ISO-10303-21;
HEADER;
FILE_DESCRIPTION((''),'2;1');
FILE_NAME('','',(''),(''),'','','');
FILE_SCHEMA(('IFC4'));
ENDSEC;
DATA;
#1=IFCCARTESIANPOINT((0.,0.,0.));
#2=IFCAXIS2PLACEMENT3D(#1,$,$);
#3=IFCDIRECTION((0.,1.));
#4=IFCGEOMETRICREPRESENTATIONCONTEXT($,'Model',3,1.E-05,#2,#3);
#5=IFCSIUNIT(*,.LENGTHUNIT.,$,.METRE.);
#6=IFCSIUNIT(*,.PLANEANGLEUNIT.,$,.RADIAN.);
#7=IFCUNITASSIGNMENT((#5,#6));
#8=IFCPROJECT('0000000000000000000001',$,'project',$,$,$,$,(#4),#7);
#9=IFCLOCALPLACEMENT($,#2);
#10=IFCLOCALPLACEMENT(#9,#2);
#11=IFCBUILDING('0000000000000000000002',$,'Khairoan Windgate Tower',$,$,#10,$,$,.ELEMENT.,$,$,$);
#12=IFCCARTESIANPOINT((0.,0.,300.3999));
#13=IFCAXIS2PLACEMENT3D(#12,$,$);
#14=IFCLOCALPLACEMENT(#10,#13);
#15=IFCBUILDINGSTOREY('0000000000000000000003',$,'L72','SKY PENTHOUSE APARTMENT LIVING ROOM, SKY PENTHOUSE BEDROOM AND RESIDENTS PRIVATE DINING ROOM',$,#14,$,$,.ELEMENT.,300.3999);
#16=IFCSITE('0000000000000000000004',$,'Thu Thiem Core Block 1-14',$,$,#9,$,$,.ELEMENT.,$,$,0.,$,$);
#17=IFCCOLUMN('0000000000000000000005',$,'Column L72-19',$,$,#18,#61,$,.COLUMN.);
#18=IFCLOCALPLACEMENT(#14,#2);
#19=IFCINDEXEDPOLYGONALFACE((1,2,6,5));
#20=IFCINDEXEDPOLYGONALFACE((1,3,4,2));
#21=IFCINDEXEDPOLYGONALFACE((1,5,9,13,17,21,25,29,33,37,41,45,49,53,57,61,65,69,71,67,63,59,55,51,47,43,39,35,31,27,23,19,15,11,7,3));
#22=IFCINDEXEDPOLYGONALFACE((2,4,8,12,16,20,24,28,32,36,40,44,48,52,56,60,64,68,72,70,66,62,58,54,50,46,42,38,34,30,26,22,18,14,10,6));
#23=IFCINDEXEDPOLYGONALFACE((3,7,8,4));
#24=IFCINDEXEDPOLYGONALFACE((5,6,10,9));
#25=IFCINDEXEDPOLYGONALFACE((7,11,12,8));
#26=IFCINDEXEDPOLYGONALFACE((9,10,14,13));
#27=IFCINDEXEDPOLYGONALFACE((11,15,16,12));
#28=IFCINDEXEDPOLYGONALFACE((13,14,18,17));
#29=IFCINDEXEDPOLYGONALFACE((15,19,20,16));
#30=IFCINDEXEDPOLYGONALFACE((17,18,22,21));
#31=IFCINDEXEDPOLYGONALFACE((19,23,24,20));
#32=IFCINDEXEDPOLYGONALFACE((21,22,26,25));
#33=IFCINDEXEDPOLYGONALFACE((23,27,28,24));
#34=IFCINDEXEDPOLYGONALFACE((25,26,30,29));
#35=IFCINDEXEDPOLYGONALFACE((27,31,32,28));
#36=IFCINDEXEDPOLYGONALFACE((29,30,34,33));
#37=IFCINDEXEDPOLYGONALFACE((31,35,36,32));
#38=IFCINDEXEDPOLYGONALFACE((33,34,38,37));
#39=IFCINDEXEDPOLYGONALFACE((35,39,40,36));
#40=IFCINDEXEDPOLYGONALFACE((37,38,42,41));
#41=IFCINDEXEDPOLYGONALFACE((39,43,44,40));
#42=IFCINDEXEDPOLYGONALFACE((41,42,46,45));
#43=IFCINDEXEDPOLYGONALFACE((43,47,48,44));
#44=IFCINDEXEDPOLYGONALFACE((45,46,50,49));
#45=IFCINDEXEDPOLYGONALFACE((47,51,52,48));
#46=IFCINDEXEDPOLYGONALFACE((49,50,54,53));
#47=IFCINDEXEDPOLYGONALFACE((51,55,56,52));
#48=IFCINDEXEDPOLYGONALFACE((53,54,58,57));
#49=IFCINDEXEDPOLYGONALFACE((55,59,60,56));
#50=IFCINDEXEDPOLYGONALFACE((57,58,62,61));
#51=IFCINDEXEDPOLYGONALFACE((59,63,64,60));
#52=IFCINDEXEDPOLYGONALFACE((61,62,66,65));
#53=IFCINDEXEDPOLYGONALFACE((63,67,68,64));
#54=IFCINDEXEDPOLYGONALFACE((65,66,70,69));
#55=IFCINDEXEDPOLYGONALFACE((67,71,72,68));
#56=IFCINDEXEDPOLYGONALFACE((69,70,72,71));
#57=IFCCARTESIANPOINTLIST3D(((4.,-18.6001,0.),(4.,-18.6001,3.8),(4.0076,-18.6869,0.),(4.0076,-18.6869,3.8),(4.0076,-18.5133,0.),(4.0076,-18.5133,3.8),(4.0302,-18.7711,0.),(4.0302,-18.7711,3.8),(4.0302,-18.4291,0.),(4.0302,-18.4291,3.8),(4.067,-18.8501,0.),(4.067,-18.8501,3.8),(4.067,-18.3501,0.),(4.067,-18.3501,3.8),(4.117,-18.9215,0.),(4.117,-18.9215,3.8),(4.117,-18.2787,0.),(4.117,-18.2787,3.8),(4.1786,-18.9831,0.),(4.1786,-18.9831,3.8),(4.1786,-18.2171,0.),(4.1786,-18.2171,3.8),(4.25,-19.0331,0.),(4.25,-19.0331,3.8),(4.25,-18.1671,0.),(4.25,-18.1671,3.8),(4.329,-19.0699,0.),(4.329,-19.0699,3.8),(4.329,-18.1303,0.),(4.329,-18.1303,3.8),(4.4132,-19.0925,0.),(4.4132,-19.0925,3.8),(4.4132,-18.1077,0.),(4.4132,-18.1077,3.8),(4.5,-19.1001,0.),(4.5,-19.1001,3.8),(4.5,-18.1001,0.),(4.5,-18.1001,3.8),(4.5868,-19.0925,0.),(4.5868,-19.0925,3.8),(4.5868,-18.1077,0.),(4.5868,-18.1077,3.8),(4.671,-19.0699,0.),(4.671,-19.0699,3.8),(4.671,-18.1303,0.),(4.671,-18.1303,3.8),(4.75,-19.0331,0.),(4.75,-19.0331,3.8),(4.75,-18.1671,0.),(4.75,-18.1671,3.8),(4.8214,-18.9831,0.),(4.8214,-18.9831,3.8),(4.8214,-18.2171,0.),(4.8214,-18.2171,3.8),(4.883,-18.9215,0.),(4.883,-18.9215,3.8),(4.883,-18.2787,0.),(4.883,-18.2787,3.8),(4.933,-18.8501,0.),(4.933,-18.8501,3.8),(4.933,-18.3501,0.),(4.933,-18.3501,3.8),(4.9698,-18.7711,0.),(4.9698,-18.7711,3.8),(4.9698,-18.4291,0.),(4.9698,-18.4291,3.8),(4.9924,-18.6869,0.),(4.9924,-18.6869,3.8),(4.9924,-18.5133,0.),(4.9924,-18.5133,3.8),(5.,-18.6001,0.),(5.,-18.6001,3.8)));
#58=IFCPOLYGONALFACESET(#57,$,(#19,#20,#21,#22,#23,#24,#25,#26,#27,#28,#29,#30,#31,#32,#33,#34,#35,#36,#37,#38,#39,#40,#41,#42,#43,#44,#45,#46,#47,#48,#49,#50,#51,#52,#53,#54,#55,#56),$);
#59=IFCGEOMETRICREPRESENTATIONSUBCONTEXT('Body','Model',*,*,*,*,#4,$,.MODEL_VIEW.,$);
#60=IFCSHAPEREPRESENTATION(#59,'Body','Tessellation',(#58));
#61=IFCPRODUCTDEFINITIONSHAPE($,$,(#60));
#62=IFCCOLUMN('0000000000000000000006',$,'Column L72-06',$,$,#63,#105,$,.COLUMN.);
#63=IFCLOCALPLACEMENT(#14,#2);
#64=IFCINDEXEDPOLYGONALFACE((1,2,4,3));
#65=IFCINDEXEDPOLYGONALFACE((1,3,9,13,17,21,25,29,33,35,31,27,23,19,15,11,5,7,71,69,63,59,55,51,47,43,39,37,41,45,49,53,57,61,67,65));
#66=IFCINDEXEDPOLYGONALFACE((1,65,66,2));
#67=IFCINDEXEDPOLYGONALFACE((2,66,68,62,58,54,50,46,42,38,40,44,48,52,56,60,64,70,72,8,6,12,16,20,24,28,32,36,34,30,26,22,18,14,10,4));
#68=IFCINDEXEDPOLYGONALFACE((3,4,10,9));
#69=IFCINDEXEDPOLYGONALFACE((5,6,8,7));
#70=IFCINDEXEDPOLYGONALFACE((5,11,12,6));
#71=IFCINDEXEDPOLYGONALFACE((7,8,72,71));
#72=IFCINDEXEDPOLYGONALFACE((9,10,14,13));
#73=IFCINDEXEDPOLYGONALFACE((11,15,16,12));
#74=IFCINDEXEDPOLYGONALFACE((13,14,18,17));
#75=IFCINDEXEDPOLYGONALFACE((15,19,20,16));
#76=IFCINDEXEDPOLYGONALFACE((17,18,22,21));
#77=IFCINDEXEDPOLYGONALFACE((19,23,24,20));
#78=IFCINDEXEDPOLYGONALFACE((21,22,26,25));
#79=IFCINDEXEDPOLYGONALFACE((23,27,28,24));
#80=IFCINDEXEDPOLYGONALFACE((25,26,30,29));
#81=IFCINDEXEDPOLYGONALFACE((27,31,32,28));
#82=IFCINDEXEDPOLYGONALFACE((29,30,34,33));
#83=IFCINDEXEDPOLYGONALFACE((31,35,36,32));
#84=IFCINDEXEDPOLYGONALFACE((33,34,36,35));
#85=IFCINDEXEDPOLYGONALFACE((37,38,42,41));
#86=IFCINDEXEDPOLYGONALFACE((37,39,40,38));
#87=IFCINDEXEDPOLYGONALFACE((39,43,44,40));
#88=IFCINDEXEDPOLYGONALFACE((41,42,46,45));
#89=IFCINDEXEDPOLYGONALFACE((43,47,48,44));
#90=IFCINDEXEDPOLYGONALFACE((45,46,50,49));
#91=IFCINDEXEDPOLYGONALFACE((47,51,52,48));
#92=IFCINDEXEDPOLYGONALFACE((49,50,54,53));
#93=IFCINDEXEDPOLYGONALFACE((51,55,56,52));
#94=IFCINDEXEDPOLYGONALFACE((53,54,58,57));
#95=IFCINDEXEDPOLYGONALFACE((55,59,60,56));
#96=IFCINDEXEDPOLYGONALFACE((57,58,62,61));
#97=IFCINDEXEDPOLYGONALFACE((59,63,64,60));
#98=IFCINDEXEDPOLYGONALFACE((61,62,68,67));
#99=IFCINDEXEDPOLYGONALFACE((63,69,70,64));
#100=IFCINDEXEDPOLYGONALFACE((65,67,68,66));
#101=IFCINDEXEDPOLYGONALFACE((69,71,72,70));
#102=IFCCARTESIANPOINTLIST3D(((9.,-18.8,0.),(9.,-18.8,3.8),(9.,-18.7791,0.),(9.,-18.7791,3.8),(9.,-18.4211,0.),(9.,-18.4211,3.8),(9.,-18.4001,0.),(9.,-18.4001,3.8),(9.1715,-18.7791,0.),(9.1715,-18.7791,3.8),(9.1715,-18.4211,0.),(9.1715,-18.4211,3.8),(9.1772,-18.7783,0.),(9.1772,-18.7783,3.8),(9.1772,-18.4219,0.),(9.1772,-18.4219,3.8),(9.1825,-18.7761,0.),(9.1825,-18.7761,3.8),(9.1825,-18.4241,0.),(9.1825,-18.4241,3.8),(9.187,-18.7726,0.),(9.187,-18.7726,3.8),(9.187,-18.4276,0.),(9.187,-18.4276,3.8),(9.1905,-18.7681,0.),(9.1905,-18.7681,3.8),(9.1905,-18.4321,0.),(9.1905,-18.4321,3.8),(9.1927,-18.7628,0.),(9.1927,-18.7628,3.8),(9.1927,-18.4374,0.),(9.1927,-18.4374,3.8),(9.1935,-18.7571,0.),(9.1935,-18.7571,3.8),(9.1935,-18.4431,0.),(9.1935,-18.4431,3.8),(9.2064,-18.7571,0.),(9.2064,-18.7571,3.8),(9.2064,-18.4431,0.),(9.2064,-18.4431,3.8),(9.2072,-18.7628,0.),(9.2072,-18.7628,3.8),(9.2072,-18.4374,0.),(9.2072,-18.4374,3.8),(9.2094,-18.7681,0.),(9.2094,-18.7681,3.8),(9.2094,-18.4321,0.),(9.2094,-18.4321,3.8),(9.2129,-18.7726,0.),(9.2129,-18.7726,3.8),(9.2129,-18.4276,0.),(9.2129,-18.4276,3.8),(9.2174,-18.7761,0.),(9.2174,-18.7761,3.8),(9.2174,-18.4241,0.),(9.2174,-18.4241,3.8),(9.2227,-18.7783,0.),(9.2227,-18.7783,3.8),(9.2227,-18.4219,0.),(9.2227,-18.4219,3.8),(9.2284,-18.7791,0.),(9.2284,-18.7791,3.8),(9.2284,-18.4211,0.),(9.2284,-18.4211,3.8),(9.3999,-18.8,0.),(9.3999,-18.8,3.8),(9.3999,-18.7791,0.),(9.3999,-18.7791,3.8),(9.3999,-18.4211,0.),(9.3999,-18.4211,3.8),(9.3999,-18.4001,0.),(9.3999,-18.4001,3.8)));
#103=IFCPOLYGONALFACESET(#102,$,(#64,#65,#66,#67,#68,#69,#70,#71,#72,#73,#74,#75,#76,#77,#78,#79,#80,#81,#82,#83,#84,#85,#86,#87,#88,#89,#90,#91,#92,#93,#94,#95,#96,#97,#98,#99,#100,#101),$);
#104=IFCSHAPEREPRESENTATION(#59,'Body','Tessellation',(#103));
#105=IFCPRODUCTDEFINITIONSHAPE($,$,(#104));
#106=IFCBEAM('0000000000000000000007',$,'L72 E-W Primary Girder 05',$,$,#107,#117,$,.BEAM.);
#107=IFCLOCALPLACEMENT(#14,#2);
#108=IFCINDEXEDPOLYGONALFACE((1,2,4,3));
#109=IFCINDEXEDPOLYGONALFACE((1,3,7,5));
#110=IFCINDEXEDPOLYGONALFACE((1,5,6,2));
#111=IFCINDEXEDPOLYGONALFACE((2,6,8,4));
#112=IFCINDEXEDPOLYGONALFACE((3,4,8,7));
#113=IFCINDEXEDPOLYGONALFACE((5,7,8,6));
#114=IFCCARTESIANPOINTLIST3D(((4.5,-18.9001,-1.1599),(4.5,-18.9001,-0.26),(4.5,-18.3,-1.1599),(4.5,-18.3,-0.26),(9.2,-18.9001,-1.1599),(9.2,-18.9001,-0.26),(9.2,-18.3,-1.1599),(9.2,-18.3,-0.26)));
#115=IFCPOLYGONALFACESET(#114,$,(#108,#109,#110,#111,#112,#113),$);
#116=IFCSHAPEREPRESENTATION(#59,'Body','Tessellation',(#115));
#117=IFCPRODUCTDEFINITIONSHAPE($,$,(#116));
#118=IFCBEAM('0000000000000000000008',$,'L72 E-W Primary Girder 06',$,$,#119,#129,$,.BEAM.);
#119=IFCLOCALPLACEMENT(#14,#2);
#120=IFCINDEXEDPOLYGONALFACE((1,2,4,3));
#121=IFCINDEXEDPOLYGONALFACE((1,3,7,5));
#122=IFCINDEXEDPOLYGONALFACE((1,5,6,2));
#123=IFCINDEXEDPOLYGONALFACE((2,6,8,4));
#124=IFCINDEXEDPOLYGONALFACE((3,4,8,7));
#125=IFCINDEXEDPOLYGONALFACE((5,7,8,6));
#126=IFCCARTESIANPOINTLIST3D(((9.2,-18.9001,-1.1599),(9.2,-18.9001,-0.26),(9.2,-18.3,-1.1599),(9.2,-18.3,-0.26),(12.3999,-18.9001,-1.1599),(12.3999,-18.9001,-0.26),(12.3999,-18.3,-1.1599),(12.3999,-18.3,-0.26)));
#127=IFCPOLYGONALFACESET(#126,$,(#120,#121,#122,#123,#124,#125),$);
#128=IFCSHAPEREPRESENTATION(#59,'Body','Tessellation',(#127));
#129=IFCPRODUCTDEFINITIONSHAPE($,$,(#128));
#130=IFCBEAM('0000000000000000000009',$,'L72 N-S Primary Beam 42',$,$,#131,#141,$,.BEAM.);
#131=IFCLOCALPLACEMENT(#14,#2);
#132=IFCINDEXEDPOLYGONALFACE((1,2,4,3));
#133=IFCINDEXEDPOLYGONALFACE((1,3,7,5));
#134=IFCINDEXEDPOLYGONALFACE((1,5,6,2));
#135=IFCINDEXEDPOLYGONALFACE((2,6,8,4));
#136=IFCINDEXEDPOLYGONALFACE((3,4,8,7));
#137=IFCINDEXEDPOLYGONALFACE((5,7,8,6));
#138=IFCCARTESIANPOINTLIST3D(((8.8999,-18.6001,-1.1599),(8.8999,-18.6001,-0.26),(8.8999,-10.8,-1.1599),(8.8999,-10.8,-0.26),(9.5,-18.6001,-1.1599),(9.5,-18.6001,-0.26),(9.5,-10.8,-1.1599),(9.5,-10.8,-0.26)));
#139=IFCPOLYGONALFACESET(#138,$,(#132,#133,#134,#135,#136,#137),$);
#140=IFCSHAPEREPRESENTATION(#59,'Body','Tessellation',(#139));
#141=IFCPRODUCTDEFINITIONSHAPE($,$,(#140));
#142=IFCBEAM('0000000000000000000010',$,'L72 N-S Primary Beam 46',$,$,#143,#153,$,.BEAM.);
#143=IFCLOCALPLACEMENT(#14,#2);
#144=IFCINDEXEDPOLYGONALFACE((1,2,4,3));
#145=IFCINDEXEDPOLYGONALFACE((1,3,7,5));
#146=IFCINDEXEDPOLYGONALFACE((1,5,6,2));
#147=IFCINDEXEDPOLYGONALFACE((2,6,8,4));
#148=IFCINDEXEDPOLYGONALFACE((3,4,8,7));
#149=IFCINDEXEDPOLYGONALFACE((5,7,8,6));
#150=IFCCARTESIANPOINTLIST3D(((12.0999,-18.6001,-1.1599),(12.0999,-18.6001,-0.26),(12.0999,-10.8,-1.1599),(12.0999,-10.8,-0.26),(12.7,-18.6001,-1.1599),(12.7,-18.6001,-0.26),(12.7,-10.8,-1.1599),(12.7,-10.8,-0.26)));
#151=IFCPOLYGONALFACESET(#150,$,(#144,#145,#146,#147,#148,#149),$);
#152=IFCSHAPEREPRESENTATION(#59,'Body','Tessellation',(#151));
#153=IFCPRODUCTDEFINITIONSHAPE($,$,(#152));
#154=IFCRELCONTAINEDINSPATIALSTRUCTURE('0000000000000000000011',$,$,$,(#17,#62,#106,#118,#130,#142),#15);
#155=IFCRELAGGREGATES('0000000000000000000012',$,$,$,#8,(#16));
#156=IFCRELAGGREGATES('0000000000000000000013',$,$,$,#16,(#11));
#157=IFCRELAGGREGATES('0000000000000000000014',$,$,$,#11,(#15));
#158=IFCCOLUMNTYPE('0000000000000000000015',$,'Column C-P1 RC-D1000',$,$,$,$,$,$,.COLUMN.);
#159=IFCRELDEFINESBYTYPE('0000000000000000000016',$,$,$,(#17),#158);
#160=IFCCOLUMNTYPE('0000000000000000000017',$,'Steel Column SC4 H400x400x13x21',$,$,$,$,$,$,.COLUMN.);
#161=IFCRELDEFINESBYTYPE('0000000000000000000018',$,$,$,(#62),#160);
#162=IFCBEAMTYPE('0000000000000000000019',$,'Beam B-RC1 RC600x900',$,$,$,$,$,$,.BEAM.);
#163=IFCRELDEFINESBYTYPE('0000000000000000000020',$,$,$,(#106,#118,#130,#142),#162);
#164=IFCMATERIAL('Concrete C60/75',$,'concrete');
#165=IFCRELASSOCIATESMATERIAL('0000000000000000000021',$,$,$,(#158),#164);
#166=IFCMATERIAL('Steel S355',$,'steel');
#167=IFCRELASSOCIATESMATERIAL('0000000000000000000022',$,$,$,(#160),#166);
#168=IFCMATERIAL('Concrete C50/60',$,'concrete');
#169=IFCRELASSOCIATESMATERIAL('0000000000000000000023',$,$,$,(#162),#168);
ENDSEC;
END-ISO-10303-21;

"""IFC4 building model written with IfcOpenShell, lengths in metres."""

from ifc_helpers import new_model, si_unit, direction, frame, origin, origin_2d, place, context, subcontext, project, spatial, rectangle, circle, i_section, extrude, material, material_profile, profile_set, type_object, element, save


model = new_model("IFC4")

# Units and contexts
model_context = context("Model", 3, precision=1e-05, world=origin(), true_north=direction((0.0, 1.0)))
body_context = subcontext(model_context, "Body", "Model", "MODEL_VIEW")
ifc_project = project(units=[si_unit("LENGTHUNIT", "METRE"), si_unit("PLANEANGLEUNIT", "RADIAN")], contexts=[model_context])

# Site, building, storey
site_placement = place(None, origin())
site = spatial("IfcSite", under=ifc_project, at=site_placement, Name="Thu Thiem Core Block 1-14", CompositionType="ELEMENT", RefElevation=0.0)
building_placement = place(site_placement, origin())
building = spatial("IfcBuilding", under=site, at=building_placement, Name="Khairoan Windgate Tower", CompositionType="ELEMENT")
storey_placement = place(building_placement, frame((0.0, 0.0, 300.3999)))
storey = spatial("IfcBuildingStorey", under=building, at=storey_placement, Name="L72", Description="SKY PENTHOUSE APARTMENT LIVING ROOM, SKY PENTHOUSE BEDROOM AND RESIDENTS PRIVATE DINING ROOM", CompositionType="ELEMENT", Elevation=300.3999)

# Columns
ifc_material_1 = material(Name="Concrete C60/75", Category="concrete")
ifc_material_profile_1 = material_profile(ifc_material_1, circle(Radius=0.5, at=origin_2d()))
ifc_profile_set_1 = profile_set([ifc_material_profile_1], Name="Concrete C60/75")
column_type_1 = type_object("IfcColumnType", Name="Column C-P1 RC-D1000", PredefinedType="COLUMN", material=ifc_profile_set_1)
column_1_placement = place(storey_placement, frame((4.5, -18.6001, 0.0), z_axis=(0.0, 0.0, 1.0), x_axis=(1.0, 0.0, 0.0)))
element("IfcColumn", 1, at=column_1_placement, inside=storey, type_object=column_type_1, Name="Column L72-19", PredefinedType="COLUMN", context=body_context, shape_type="SweptSolid", body=[
    extrude(circle(Radius=0.5, at=origin_2d()), origin(), (0.0, 0.0, 1.0), 3.8),
])
ifc_material_2 = material(Name="Steel S355", Category="steel")
ifc_material_profile_2 = material_profile(ifc_material_2, i_section(OverallWidth=0.3999, OverallDepth=0.3999, WebThickness=0.0129, FlangeThickness=0.021, FilletRadius=0.022, at=origin_2d()))
ifc_profile_set_2 = profile_set([ifc_material_profile_2], Name="Steel S355")
column_type_2 = type_object("IfcColumnType", Name="Steel Column SC4 H400x400x13x21", PredefinedType="COLUMN", material=ifc_profile_set_2)
column_2_placement = place(storey_placement, frame((9.2, -18.6001, 0.0), z_axis=(0.0, 0.0, 1.0), x_axis=(1.0, 0.0, 0.0)))
element("IfcColumn", 2, at=column_2_placement, inside=storey, type_object=column_type_2, Name="Column L72-06", PredefinedType="COLUMN", context=body_context, shape_type="SweptSolid", body=[
    extrude(i_section(OverallWidth=0.3999, OverallDepth=0.3999, WebThickness=0.0129, FlangeThickness=0.021, FilletRadius=0.022, at=origin_2d()), origin(), (0.0, 0.0, 1.0), 3.8),
])

# Beams
ifc_material_3 = material(Name="Concrete C50/60", Category="concrete")
ifc_material_profile_3 = material_profile(ifc_material_3, rectangle(XDim=0.6001, YDim=0.8999, at=origin_2d()))
ifc_profile_set_3 = profile_set([ifc_material_profile_3], Name="Concrete C50/60")
beam_type_1 = type_object("IfcBeamType", Name="Beam B-RC1 RC600x900", PredefinedType="BEAM", material=ifc_profile_set_3)
beam_1_placement = place(storey_placement, frame((4.5, -18.6001, -0.71), z_axis=(1.0, 0.0, 0.0), x_axis=(0.0, 1.0, 0.0)))
element("IfcBeam", 3, at=beam_1_placement, inside=storey, type_object=beam_type_1, Name="L72 E-W Primary Girder 05", PredefinedType="BEAM", context=body_context, shape_type="SweptSolid", body=[
    extrude(rectangle(XDim=0.6001, YDim=0.8999, at=origin_2d()), origin(), (0.0, 0.0, 1.0), 4.7),
])
beam_2_placement = place(storey_placement, frame((9.2, -18.6001, -0.71), z_axis=(1.0, 0.0, 0.0), x_axis=(0.0, 1.0, 0.0)))
element("IfcBeam", 4, at=beam_2_placement, inside=storey, type_object=beam_type_1, Name="L72 E-W Primary Girder 06", PredefinedType="BEAM", context=body_context, shape_type="SweptSolid", body=[
    extrude(rectangle(XDim=0.6001, YDim=0.8999, at=origin_2d()), origin(), (0.0, 0.0, 1.0), 3.2),
])
for number, where, z_axis, x_axis, name in (
    (5, (9.2, -18.6001, -0.71), (0.0, 1.0, 0.0), (-1.0, 0.0, 0.0), "L72 N-S Primary Beam 42"),
    (6, (12.3999, -18.6001, -0.71), (0.0, 1.0, 0.0), (-1.0, 0.0, 0.0), "L72 N-S Primary Beam 46"),
):
    element("IfcBeam", number, at=place(storey_placement, frame(where, z_axis=z_axis, x_axis=x_axis)), inside=storey, type_object=beam_type_1, Name=name, PredefinedType="BEAM", context=body_context, shape_type="SweptSolid", body=[
        extrude(rectangle(XDim=0.6001, YDim=0.8999, at=origin_2d()), origin(), (0.0, 0.0, 1.0), 7.8),
    ])

save(model, "model.ifc")
